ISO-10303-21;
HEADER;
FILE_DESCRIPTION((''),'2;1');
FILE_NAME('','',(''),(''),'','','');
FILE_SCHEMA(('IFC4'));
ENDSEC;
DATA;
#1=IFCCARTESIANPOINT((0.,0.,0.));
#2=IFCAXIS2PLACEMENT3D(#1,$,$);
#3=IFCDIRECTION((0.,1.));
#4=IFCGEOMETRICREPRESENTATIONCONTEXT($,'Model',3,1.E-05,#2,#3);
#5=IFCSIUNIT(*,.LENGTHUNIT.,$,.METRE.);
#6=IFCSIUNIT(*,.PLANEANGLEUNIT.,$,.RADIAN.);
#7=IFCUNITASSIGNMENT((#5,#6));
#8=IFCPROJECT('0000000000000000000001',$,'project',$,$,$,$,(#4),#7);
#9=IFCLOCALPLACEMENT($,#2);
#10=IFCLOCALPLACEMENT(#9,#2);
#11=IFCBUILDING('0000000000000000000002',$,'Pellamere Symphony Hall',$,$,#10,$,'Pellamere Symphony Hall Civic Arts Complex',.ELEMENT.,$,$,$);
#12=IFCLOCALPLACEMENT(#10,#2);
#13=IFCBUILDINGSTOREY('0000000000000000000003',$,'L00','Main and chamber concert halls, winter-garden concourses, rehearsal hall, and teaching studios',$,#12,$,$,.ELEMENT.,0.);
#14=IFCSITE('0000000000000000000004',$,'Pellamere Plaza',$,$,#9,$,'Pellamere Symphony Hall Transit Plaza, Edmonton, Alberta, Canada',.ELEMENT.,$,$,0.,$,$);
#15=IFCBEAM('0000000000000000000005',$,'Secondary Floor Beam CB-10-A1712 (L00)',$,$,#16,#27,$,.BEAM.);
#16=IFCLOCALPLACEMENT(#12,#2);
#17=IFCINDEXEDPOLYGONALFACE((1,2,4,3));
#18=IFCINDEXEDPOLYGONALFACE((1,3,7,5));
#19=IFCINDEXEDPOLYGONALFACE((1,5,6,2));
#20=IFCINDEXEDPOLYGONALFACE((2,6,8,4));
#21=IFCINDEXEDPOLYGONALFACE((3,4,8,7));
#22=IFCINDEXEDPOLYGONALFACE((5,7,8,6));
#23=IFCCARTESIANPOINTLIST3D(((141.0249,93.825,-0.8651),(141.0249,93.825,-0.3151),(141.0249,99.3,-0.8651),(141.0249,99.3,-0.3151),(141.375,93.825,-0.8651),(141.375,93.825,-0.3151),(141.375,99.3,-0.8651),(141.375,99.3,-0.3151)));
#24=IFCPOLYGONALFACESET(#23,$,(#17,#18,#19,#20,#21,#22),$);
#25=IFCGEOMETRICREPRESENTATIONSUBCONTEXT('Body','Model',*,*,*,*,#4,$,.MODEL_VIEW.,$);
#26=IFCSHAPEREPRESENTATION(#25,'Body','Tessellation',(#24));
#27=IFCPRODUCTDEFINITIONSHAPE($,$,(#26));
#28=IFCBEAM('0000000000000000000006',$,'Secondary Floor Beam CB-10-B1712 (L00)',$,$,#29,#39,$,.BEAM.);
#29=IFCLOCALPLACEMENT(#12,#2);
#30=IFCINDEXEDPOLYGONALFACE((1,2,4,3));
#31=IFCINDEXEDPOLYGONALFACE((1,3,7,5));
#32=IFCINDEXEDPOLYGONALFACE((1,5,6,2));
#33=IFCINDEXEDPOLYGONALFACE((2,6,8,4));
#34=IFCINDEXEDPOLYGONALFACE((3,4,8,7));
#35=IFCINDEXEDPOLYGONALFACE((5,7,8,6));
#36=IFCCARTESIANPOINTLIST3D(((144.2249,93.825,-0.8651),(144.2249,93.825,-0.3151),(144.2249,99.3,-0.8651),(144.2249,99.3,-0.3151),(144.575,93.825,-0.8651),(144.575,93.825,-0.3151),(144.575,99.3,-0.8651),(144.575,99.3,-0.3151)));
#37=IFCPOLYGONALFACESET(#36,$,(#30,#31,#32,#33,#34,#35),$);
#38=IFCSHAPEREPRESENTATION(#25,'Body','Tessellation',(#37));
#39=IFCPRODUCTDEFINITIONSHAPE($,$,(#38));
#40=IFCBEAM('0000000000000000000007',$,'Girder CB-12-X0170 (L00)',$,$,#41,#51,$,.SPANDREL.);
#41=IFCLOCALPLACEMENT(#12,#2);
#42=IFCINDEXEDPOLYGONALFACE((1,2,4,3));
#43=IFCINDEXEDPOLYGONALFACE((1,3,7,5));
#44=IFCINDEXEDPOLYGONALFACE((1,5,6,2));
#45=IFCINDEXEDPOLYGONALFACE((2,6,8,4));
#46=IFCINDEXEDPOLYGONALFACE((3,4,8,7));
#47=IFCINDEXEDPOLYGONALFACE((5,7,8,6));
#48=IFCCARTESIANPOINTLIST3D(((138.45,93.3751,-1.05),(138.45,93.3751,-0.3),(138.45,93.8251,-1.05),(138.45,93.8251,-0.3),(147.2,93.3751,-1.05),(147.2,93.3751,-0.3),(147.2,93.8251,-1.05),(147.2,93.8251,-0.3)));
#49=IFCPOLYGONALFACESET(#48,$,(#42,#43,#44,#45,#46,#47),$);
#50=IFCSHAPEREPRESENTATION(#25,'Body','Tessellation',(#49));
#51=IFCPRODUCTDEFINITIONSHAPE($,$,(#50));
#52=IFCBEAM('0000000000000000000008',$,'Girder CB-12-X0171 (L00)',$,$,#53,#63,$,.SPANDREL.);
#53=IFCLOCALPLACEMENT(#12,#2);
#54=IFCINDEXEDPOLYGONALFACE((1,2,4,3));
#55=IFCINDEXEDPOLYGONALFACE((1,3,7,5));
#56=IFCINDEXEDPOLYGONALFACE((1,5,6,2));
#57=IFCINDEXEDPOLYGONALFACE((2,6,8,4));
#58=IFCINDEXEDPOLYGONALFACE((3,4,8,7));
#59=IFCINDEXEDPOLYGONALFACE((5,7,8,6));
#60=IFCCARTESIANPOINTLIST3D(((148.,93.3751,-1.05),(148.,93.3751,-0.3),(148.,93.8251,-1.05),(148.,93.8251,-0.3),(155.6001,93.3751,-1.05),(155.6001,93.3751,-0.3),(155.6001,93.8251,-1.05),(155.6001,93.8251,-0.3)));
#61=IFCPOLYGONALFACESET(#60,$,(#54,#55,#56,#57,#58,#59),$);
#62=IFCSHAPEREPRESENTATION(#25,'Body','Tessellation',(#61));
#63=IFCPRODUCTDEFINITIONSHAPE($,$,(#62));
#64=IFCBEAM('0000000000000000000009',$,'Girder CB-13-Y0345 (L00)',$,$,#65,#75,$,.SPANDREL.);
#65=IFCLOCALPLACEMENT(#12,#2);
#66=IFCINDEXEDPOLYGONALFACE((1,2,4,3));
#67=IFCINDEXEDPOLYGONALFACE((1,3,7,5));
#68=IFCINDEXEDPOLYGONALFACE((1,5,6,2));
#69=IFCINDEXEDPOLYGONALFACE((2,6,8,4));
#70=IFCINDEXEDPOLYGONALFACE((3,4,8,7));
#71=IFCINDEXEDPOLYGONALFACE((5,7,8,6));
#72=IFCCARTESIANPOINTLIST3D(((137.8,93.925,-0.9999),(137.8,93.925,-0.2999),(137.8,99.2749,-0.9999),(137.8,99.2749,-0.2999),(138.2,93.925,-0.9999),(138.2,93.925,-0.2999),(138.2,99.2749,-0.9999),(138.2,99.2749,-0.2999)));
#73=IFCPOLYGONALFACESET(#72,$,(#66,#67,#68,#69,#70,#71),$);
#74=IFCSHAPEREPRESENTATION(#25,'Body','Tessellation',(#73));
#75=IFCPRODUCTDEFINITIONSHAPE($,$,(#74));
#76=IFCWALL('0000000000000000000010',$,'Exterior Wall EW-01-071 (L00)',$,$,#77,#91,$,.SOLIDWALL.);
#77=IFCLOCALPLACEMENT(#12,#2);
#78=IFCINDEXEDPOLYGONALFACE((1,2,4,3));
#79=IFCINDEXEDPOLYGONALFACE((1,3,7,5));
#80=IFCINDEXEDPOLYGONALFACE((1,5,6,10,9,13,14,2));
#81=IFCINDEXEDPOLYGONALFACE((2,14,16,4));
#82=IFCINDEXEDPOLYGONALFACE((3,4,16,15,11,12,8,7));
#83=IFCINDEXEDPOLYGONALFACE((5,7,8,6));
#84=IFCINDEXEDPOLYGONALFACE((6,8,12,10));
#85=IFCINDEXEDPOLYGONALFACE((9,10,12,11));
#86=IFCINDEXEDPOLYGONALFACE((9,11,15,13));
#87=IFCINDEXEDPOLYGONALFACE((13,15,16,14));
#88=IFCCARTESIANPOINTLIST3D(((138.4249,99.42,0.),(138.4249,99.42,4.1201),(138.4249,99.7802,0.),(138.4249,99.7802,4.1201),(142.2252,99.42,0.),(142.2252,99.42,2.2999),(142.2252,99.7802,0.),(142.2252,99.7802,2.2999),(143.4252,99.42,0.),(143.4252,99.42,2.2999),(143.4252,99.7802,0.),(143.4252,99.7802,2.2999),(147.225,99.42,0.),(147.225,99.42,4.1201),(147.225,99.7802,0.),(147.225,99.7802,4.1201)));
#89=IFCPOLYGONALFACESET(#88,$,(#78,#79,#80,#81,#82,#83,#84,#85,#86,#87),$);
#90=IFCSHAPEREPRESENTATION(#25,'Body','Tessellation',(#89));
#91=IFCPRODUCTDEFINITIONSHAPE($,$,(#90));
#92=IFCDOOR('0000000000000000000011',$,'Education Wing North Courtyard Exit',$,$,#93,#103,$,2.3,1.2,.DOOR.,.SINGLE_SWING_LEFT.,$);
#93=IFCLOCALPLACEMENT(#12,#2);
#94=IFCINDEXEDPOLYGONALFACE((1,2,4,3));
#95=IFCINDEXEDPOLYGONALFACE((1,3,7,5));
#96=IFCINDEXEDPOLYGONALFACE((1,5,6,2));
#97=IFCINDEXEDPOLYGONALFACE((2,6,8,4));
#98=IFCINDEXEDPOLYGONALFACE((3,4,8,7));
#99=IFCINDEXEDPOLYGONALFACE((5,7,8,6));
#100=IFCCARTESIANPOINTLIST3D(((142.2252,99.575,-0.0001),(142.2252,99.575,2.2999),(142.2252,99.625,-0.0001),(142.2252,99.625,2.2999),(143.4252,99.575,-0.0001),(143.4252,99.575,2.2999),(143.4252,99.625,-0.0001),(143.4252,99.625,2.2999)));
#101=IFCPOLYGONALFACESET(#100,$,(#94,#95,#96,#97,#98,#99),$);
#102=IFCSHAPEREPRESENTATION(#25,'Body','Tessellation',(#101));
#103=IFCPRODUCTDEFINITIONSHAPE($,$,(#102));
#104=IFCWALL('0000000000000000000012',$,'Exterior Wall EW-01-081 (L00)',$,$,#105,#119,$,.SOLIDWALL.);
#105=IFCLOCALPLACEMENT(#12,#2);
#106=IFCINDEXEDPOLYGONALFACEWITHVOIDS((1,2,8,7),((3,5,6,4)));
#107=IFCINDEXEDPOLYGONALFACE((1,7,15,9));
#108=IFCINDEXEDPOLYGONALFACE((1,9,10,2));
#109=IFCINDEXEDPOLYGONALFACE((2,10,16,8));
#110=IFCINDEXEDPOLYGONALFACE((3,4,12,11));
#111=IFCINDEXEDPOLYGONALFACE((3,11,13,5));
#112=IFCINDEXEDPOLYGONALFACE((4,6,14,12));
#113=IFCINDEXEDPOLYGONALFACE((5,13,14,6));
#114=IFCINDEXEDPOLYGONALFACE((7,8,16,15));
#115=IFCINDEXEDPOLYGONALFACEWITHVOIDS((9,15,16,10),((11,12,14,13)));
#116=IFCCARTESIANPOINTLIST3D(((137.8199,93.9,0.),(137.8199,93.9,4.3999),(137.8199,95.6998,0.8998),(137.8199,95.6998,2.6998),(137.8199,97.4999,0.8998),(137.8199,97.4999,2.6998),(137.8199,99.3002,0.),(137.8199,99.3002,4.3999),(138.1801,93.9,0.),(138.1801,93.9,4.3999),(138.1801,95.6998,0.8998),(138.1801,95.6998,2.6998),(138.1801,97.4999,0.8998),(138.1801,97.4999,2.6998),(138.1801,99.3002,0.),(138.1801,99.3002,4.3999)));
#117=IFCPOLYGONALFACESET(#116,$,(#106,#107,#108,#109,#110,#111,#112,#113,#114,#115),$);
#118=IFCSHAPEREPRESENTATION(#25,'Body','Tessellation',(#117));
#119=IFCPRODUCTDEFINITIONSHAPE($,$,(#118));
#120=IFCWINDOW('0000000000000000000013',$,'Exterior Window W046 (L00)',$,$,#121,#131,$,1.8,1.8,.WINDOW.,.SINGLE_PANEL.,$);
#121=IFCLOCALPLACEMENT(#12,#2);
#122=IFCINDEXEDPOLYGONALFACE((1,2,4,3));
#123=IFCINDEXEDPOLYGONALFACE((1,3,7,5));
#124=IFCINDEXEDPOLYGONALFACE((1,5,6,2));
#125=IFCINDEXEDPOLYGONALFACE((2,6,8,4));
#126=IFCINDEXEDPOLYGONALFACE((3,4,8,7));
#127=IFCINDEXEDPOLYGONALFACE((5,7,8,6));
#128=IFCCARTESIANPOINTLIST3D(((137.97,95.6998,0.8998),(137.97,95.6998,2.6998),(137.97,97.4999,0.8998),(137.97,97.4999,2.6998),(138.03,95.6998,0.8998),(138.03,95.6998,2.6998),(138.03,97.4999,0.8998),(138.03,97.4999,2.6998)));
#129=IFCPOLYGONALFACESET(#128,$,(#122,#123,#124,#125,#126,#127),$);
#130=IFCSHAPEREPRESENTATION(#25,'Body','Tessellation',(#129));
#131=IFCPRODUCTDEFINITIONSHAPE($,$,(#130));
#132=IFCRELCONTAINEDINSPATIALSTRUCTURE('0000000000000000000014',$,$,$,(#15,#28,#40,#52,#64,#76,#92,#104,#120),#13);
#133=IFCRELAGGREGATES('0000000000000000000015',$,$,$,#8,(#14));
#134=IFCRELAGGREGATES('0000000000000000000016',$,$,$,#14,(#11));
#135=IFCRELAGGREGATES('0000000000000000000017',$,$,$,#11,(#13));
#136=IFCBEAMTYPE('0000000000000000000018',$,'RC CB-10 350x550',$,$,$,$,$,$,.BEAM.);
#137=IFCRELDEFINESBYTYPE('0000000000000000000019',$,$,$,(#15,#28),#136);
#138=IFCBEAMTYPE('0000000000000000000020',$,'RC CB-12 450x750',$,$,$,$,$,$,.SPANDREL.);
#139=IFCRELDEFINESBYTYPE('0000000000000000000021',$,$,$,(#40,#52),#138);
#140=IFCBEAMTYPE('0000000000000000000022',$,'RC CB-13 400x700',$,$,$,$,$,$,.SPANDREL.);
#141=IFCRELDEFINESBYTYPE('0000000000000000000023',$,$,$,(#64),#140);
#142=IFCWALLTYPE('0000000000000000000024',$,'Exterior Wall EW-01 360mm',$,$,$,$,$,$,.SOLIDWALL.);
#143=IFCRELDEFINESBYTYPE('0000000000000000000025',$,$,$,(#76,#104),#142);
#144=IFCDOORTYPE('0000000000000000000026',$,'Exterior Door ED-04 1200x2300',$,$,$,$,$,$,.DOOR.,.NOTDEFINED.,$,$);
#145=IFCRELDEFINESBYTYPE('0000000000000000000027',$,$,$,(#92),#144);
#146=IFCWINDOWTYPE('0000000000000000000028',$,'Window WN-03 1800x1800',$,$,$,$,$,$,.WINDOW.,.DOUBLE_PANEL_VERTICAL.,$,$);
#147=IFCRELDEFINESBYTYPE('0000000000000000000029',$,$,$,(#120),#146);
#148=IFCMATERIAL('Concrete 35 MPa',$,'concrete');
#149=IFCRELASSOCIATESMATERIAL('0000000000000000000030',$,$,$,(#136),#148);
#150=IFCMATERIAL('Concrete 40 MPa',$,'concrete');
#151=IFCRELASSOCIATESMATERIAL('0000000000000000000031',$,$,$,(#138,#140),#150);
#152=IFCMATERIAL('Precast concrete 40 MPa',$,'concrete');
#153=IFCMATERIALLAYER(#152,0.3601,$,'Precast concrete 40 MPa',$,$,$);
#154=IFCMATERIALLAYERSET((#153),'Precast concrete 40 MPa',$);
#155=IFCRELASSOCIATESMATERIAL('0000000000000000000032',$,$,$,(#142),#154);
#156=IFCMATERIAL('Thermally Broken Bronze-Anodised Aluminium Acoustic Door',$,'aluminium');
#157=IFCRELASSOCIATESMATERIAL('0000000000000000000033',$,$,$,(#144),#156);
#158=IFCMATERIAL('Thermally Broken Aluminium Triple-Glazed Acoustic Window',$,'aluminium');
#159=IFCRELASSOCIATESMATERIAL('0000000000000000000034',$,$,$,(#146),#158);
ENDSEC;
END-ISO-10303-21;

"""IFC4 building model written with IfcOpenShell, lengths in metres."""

from ifc_helpers import new_model, si_unit, direction, frame, frame_2d, origin, origin_2d, place, context, subcontext, project, spatial, rectangle, extrude, material, layer, layer_set, material_profile, profile_set, type_object, element, fill, save


model = new_model("IFC4")

# Units and contexts
model_context = context("Model", 3, precision=1e-05, world=origin(), true_north=direction((0.0, 1.0)))
body_context = subcontext(model_context, "Body", "Model", "MODEL_VIEW")
ifc_project = project(units=[si_unit("LENGTHUNIT", "METRE"), si_unit("PLANEANGLEUNIT", "RADIAN")], contexts=[model_context])

# Site, building, storey
site_placement = place(None, origin())
site = spatial("IfcSite", under=ifc_project, at=site_placement, Name="Pellamere Plaza", LongName="Pellamere Symphony Hall Transit Plaza, Edmonton, Alberta, Canada", CompositionType="ELEMENT", RefElevation=0.0)
building_placement = place(site_placement, origin())
building = spatial("IfcBuilding", under=site, at=building_placement, Name="Pellamere Symphony Hall", LongName="Pellamere Symphony Hall Civic Arts Complex", CompositionType="ELEMENT")
storey_placement = place(building_placement, origin())
storey = spatial("IfcBuildingStorey", under=building, at=storey_placement, Name="L00", Description="Main and chamber concert halls, winter-garden concourses, rehearsal hall, and teaching studios", CompositionType="ELEMENT", Elevation=0.0)

# Shared definitions
ifc_material_1 = material(Name="Concrete 40 MPa", Category="concrete")

# Beams
ifc_material_2 = material(Name="Concrete 35 MPa", Category="concrete")
ifc_material_profile_1 = material_profile(ifc_material_2, rectangle(XDim=0.3501, YDim=0.55, at=origin_2d()), Name="RC 350x550")
ifc_profile_set_1 = profile_set([ifc_material_profile_1], Name="Concrete 35 MPa")
beam_type_1 = type_object("IfcBeamType", Name="RC CB-10 350x550", PredefinedType="BEAM", material=ifc_profile_set_1)
for number, where, z_axis, x_axis, name in (
    (1, (141.2, 93.825, -0.5901), (0.0, 1.0, 0.0), (-1.0, 0.0, 0.0), "Secondary Floor Beam CB-10-A1712 (L00)"),
    (2, (144.3999, 93.825, -0.5901), (0.0, 1.0, 0.0), (-1.0, 0.0, 0.0), "Secondary Floor Beam CB-10-B1712 (L00)"),
):
    element("IfcBeam", number, at=place(storey_placement, frame(where, z_axis=z_axis, x_axis=x_axis)), inside=storey, type_object=beam_type_1, Name=name, PredefinedType="BEAM", context=body_context, shape_type="SweptSolid", body=[
        extrude(rectangle(XDim=0.3501, YDim=0.55, at=origin_2d()), origin(), (0.0, 0.0, 1.0), 5.4751),
    ])
ifc_material_profile_2 = material_profile(ifc_material_1, rectangle(XDim=0.45, YDim=0.75, at=origin_2d()), Name="RC 450x750")
ifc_profile_set_2 = profile_set([ifc_material_profile_2], Name="Concrete 40 MPa")
beam_type_2 = type_object("IfcBeamType", Name="RC CB-12 450x750", PredefinedType="SPANDREL", material=ifc_profile_set_2)
beam_1_placement = place(storey_placement, frame((138.45, 93.6001, -0.675), z_axis=(1.0, 0.0, 0.0), x_axis=(0.0, 1.0, 0.0)))
element("IfcBeam", 3, at=beam_1_placement, inside=storey, type_object=beam_type_2, Name="Girder CB-12-X0170 (L00)", PredefinedType="SPANDREL", context=body_context, shape_type="SweptSolid", body=[
    extrude(rectangle(XDim=0.45, YDim=0.75, at=origin_2d()), origin(), (0.0, 0.0, 1.0), 8.75),
])
beam_2_placement = place(storey_placement, frame((148.0, 93.6001, -0.675), z_axis=(1.0, 0.0, 0.0), x_axis=(0.0, 1.0, 0.0)))
element("IfcBeam", 4, at=beam_2_placement, inside=storey, type_object=beam_type_2, Name="Girder CB-12-X0171 (L00)", PredefinedType="SPANDREL", context=body_context, shape_type="SweptSolid", body=[
    extrude(rectangle(XDim=0.45, YDim=0.75, at=origin_2d()), origin(), (0.0, 0.0, 1.0), 7.6001),
])
ifc_material_profile_3 = material_profile(ifc_material_1, rectangle(XDim=0.3999, YDim=0.7, at=origin_2d()), Name="RC 400x700")
ifc_profile_set_3 = profile_set([ifc_material_profile_3], Name="Concrete 40 MPa")
beam_type_3 = type_object("IfcBeamType", Name="RC CB-13 400x700", PredefinedType="SPANDREL", material=ifc_profile_set_3)
beam_3_placement = place(storey_placement, frame((138.0, 93.925, -0.6499), z_axis=(0.0, 1.0, 0.0), x_axis=(-1.0, 0.0, 0.0)))
element("IfcBeam", 5, at=beam_3_placement, inside=storey, type_object=beam_type_3, Name="Girder CB-13-Y0345 (L00)", PredefinedType="SPANDREL", context=body_context, shape_type="SweptSolid", body=[
    extrude(rectangle(XDim=0.3999, YDim=0.7, at=origin_2d()), origin(), (0.0, 0.0, 1.0), 5.3499),
])

# Wall, opening, door
ifc_material_3 = material(Name="Precast concrete 40 MPa", Category="concrete")
ifc_layer = layer(ifc_material_3, 0.3601, Name="Precast concrete 40 MPa")
ifc_layer_set = layer_set([ifc_layer], Name="Precast concrete 40 MPa")
wall_type = type_object("IfcWallType", Name="Exterior Wall EW-01 360mm", PredefinedType="SOLIDWALL", material=ifc_layer_set)
wall_1_placement = place(storey_placement, frame((138.425, 99.6001, 0.0), z_axis=(0.0, 0.0, 1.0), x_axis=(1.0, 0.0, 0.0)))
wall_1 = element("IfcWall", 6, at=wall_1_placement, inside=storey, type_object=wall_type, Name="Exterior Wall EW-01-071 (L00)", PredefinedType="SOLIDWALL", context=body_context, shape_type="SweptSolid", body=[
    extrude(rectangle(XDim=8.8, YDim=0.3601, at=frame_2d((4.3999, 0.0))), origin(), (0.0, 0.0, 1.0), 4.1201),
])
opening_1_placement = place(wall_1_placement, frame((3.8, 0.0, 0.0)))
opening_1 = element("IfcOpeningElement", 7, at=opening_1_placement, cuts=wall_1, PredefinedType="OPENING", context=body_context, shape_type="SweptSolid", body=[
    extrude(rectangle(XDim=1.2, YDim=2.3, at=frame_2d((0.6001, 1.1499))), frame((0.0, 0.1899, 0.0), z_axis=(0.0, -1.0, 0.0), x_axis=(1.0, 0.0, 0.0)), (0.0, 0.0, 1.0), 0.3801),
])
ifc_material_4 = material(Name="Thermally Broken Bronze-Anodised Aluminium Acoustic Door", Category="aluminium")
door_type = type_object("IfcDoorType", Name="Exterior Door ED-04 1200x2300", OperationType="NOTDEFINED", PredefinedType="DOOR", material=ifc_material_4)
door_placement = place(opening_1_placement, origin())
door = element("IfcDoor", 8, at=door_placement, inside=storey, type_object=door_type, Name="Education Wing North Courtyard Exit", OperationType="SINGLE_SWING_LEFT", OverallHeight=2.3, OverallWidth=1.2, PredefinedType="DOOR", context=body_context, shape_type="SweptSolid", body=[
    extrude(rectangle(XDim=1.2, YDim=2.3, at=frame_2d((0.6001, 1.1499))), frame((0.0, 0.0249, 0.0), z_axis=(0.0, -1.0, 0.0), x_axis=(1.0, 0.0, 0.0)), (0.0, 0.0, 1.0), 0.05),
])
fill(opening_1, door)

# Wall, opening, window
wall_2_placement = place(storey_placement, frame((138.0, 93.8999, 0.0), z_axis=(0.0, 0.0, 1.0), x_axis=(0.0, 1.0, 0.0)))
wall_2 = element("IfcWall", 9, at=wall_2_placement, inside=storey, type_object=wall_type, Name="Exterior Wall EW-01-081 (L00)", PredefinedType="SOLIDWALL", context=body_context, shape_type="SweptSolid", body=[
    extrude(rectangle(XDim=5.4001, YDim=0.3601, at=frame_2d((2.7002, 0.0))), origin(), (0.0, 0.0, 1.0), 4.3999),
])
opening_2_placement = place(wall_2_placement, frame((1.8, 0.0, 0.8999)))
opening_2 = element("IfcOpeningElement", 10, at=opening_2_placement, cuts=wall_2, PredefinedType="OPENING", context=body_context, shape_type="SweptSolid", body=[
    extrude(rectangle(XDim=1.8, YDim=1.8, at=frame_2d((0.8999, 0.8999))), frame((0.0, 0.1899, 0.0), z_axis=(0.0, -1.0, 0.0), x_axis=(1.0, 0.0, 0.0)), (0.0, 0.0, 1.0), 0.3801),
])
ifc_material_5 = material(Name="Thermally Broken Aluminium Triple-Glazed Acoustic Window", Category="aluminium")
window_type = type_object("IfcWindowType", Name="Window WN-03 1800x1800", PartitioningType="DOUBLE_PANEL_VERTICAL", PredefinedType="WINDOW", material=ifc_material_5)
window_placement = place(opening_2_placement, origin())
window = element("IfcWindow", 11, at=window_placement, inside=storey, type_object=window_type, Name="Exterior Window W046 (L00)", OverallHeight=1.8, OverallWidth=1.8, PartitioningType="SINGLE_PANEL", PredefinedType="WINDOW", context=body_context, shape_type="SweptSolid", body=[
    extrude(rectangle(XDim=1.8, YDim=1.8, at=frame_2d((0.8999, 0.8999))), frame((0.0, 0.03, 0.0), z_axis=(0.0, -1.0, 0.0), x_axis=(1.0, 0.0, 0.0)), (0.0, 0.0, 1.0), 0.0601),
])
fill(opening_2, window)

save(model, "model.ifc")
